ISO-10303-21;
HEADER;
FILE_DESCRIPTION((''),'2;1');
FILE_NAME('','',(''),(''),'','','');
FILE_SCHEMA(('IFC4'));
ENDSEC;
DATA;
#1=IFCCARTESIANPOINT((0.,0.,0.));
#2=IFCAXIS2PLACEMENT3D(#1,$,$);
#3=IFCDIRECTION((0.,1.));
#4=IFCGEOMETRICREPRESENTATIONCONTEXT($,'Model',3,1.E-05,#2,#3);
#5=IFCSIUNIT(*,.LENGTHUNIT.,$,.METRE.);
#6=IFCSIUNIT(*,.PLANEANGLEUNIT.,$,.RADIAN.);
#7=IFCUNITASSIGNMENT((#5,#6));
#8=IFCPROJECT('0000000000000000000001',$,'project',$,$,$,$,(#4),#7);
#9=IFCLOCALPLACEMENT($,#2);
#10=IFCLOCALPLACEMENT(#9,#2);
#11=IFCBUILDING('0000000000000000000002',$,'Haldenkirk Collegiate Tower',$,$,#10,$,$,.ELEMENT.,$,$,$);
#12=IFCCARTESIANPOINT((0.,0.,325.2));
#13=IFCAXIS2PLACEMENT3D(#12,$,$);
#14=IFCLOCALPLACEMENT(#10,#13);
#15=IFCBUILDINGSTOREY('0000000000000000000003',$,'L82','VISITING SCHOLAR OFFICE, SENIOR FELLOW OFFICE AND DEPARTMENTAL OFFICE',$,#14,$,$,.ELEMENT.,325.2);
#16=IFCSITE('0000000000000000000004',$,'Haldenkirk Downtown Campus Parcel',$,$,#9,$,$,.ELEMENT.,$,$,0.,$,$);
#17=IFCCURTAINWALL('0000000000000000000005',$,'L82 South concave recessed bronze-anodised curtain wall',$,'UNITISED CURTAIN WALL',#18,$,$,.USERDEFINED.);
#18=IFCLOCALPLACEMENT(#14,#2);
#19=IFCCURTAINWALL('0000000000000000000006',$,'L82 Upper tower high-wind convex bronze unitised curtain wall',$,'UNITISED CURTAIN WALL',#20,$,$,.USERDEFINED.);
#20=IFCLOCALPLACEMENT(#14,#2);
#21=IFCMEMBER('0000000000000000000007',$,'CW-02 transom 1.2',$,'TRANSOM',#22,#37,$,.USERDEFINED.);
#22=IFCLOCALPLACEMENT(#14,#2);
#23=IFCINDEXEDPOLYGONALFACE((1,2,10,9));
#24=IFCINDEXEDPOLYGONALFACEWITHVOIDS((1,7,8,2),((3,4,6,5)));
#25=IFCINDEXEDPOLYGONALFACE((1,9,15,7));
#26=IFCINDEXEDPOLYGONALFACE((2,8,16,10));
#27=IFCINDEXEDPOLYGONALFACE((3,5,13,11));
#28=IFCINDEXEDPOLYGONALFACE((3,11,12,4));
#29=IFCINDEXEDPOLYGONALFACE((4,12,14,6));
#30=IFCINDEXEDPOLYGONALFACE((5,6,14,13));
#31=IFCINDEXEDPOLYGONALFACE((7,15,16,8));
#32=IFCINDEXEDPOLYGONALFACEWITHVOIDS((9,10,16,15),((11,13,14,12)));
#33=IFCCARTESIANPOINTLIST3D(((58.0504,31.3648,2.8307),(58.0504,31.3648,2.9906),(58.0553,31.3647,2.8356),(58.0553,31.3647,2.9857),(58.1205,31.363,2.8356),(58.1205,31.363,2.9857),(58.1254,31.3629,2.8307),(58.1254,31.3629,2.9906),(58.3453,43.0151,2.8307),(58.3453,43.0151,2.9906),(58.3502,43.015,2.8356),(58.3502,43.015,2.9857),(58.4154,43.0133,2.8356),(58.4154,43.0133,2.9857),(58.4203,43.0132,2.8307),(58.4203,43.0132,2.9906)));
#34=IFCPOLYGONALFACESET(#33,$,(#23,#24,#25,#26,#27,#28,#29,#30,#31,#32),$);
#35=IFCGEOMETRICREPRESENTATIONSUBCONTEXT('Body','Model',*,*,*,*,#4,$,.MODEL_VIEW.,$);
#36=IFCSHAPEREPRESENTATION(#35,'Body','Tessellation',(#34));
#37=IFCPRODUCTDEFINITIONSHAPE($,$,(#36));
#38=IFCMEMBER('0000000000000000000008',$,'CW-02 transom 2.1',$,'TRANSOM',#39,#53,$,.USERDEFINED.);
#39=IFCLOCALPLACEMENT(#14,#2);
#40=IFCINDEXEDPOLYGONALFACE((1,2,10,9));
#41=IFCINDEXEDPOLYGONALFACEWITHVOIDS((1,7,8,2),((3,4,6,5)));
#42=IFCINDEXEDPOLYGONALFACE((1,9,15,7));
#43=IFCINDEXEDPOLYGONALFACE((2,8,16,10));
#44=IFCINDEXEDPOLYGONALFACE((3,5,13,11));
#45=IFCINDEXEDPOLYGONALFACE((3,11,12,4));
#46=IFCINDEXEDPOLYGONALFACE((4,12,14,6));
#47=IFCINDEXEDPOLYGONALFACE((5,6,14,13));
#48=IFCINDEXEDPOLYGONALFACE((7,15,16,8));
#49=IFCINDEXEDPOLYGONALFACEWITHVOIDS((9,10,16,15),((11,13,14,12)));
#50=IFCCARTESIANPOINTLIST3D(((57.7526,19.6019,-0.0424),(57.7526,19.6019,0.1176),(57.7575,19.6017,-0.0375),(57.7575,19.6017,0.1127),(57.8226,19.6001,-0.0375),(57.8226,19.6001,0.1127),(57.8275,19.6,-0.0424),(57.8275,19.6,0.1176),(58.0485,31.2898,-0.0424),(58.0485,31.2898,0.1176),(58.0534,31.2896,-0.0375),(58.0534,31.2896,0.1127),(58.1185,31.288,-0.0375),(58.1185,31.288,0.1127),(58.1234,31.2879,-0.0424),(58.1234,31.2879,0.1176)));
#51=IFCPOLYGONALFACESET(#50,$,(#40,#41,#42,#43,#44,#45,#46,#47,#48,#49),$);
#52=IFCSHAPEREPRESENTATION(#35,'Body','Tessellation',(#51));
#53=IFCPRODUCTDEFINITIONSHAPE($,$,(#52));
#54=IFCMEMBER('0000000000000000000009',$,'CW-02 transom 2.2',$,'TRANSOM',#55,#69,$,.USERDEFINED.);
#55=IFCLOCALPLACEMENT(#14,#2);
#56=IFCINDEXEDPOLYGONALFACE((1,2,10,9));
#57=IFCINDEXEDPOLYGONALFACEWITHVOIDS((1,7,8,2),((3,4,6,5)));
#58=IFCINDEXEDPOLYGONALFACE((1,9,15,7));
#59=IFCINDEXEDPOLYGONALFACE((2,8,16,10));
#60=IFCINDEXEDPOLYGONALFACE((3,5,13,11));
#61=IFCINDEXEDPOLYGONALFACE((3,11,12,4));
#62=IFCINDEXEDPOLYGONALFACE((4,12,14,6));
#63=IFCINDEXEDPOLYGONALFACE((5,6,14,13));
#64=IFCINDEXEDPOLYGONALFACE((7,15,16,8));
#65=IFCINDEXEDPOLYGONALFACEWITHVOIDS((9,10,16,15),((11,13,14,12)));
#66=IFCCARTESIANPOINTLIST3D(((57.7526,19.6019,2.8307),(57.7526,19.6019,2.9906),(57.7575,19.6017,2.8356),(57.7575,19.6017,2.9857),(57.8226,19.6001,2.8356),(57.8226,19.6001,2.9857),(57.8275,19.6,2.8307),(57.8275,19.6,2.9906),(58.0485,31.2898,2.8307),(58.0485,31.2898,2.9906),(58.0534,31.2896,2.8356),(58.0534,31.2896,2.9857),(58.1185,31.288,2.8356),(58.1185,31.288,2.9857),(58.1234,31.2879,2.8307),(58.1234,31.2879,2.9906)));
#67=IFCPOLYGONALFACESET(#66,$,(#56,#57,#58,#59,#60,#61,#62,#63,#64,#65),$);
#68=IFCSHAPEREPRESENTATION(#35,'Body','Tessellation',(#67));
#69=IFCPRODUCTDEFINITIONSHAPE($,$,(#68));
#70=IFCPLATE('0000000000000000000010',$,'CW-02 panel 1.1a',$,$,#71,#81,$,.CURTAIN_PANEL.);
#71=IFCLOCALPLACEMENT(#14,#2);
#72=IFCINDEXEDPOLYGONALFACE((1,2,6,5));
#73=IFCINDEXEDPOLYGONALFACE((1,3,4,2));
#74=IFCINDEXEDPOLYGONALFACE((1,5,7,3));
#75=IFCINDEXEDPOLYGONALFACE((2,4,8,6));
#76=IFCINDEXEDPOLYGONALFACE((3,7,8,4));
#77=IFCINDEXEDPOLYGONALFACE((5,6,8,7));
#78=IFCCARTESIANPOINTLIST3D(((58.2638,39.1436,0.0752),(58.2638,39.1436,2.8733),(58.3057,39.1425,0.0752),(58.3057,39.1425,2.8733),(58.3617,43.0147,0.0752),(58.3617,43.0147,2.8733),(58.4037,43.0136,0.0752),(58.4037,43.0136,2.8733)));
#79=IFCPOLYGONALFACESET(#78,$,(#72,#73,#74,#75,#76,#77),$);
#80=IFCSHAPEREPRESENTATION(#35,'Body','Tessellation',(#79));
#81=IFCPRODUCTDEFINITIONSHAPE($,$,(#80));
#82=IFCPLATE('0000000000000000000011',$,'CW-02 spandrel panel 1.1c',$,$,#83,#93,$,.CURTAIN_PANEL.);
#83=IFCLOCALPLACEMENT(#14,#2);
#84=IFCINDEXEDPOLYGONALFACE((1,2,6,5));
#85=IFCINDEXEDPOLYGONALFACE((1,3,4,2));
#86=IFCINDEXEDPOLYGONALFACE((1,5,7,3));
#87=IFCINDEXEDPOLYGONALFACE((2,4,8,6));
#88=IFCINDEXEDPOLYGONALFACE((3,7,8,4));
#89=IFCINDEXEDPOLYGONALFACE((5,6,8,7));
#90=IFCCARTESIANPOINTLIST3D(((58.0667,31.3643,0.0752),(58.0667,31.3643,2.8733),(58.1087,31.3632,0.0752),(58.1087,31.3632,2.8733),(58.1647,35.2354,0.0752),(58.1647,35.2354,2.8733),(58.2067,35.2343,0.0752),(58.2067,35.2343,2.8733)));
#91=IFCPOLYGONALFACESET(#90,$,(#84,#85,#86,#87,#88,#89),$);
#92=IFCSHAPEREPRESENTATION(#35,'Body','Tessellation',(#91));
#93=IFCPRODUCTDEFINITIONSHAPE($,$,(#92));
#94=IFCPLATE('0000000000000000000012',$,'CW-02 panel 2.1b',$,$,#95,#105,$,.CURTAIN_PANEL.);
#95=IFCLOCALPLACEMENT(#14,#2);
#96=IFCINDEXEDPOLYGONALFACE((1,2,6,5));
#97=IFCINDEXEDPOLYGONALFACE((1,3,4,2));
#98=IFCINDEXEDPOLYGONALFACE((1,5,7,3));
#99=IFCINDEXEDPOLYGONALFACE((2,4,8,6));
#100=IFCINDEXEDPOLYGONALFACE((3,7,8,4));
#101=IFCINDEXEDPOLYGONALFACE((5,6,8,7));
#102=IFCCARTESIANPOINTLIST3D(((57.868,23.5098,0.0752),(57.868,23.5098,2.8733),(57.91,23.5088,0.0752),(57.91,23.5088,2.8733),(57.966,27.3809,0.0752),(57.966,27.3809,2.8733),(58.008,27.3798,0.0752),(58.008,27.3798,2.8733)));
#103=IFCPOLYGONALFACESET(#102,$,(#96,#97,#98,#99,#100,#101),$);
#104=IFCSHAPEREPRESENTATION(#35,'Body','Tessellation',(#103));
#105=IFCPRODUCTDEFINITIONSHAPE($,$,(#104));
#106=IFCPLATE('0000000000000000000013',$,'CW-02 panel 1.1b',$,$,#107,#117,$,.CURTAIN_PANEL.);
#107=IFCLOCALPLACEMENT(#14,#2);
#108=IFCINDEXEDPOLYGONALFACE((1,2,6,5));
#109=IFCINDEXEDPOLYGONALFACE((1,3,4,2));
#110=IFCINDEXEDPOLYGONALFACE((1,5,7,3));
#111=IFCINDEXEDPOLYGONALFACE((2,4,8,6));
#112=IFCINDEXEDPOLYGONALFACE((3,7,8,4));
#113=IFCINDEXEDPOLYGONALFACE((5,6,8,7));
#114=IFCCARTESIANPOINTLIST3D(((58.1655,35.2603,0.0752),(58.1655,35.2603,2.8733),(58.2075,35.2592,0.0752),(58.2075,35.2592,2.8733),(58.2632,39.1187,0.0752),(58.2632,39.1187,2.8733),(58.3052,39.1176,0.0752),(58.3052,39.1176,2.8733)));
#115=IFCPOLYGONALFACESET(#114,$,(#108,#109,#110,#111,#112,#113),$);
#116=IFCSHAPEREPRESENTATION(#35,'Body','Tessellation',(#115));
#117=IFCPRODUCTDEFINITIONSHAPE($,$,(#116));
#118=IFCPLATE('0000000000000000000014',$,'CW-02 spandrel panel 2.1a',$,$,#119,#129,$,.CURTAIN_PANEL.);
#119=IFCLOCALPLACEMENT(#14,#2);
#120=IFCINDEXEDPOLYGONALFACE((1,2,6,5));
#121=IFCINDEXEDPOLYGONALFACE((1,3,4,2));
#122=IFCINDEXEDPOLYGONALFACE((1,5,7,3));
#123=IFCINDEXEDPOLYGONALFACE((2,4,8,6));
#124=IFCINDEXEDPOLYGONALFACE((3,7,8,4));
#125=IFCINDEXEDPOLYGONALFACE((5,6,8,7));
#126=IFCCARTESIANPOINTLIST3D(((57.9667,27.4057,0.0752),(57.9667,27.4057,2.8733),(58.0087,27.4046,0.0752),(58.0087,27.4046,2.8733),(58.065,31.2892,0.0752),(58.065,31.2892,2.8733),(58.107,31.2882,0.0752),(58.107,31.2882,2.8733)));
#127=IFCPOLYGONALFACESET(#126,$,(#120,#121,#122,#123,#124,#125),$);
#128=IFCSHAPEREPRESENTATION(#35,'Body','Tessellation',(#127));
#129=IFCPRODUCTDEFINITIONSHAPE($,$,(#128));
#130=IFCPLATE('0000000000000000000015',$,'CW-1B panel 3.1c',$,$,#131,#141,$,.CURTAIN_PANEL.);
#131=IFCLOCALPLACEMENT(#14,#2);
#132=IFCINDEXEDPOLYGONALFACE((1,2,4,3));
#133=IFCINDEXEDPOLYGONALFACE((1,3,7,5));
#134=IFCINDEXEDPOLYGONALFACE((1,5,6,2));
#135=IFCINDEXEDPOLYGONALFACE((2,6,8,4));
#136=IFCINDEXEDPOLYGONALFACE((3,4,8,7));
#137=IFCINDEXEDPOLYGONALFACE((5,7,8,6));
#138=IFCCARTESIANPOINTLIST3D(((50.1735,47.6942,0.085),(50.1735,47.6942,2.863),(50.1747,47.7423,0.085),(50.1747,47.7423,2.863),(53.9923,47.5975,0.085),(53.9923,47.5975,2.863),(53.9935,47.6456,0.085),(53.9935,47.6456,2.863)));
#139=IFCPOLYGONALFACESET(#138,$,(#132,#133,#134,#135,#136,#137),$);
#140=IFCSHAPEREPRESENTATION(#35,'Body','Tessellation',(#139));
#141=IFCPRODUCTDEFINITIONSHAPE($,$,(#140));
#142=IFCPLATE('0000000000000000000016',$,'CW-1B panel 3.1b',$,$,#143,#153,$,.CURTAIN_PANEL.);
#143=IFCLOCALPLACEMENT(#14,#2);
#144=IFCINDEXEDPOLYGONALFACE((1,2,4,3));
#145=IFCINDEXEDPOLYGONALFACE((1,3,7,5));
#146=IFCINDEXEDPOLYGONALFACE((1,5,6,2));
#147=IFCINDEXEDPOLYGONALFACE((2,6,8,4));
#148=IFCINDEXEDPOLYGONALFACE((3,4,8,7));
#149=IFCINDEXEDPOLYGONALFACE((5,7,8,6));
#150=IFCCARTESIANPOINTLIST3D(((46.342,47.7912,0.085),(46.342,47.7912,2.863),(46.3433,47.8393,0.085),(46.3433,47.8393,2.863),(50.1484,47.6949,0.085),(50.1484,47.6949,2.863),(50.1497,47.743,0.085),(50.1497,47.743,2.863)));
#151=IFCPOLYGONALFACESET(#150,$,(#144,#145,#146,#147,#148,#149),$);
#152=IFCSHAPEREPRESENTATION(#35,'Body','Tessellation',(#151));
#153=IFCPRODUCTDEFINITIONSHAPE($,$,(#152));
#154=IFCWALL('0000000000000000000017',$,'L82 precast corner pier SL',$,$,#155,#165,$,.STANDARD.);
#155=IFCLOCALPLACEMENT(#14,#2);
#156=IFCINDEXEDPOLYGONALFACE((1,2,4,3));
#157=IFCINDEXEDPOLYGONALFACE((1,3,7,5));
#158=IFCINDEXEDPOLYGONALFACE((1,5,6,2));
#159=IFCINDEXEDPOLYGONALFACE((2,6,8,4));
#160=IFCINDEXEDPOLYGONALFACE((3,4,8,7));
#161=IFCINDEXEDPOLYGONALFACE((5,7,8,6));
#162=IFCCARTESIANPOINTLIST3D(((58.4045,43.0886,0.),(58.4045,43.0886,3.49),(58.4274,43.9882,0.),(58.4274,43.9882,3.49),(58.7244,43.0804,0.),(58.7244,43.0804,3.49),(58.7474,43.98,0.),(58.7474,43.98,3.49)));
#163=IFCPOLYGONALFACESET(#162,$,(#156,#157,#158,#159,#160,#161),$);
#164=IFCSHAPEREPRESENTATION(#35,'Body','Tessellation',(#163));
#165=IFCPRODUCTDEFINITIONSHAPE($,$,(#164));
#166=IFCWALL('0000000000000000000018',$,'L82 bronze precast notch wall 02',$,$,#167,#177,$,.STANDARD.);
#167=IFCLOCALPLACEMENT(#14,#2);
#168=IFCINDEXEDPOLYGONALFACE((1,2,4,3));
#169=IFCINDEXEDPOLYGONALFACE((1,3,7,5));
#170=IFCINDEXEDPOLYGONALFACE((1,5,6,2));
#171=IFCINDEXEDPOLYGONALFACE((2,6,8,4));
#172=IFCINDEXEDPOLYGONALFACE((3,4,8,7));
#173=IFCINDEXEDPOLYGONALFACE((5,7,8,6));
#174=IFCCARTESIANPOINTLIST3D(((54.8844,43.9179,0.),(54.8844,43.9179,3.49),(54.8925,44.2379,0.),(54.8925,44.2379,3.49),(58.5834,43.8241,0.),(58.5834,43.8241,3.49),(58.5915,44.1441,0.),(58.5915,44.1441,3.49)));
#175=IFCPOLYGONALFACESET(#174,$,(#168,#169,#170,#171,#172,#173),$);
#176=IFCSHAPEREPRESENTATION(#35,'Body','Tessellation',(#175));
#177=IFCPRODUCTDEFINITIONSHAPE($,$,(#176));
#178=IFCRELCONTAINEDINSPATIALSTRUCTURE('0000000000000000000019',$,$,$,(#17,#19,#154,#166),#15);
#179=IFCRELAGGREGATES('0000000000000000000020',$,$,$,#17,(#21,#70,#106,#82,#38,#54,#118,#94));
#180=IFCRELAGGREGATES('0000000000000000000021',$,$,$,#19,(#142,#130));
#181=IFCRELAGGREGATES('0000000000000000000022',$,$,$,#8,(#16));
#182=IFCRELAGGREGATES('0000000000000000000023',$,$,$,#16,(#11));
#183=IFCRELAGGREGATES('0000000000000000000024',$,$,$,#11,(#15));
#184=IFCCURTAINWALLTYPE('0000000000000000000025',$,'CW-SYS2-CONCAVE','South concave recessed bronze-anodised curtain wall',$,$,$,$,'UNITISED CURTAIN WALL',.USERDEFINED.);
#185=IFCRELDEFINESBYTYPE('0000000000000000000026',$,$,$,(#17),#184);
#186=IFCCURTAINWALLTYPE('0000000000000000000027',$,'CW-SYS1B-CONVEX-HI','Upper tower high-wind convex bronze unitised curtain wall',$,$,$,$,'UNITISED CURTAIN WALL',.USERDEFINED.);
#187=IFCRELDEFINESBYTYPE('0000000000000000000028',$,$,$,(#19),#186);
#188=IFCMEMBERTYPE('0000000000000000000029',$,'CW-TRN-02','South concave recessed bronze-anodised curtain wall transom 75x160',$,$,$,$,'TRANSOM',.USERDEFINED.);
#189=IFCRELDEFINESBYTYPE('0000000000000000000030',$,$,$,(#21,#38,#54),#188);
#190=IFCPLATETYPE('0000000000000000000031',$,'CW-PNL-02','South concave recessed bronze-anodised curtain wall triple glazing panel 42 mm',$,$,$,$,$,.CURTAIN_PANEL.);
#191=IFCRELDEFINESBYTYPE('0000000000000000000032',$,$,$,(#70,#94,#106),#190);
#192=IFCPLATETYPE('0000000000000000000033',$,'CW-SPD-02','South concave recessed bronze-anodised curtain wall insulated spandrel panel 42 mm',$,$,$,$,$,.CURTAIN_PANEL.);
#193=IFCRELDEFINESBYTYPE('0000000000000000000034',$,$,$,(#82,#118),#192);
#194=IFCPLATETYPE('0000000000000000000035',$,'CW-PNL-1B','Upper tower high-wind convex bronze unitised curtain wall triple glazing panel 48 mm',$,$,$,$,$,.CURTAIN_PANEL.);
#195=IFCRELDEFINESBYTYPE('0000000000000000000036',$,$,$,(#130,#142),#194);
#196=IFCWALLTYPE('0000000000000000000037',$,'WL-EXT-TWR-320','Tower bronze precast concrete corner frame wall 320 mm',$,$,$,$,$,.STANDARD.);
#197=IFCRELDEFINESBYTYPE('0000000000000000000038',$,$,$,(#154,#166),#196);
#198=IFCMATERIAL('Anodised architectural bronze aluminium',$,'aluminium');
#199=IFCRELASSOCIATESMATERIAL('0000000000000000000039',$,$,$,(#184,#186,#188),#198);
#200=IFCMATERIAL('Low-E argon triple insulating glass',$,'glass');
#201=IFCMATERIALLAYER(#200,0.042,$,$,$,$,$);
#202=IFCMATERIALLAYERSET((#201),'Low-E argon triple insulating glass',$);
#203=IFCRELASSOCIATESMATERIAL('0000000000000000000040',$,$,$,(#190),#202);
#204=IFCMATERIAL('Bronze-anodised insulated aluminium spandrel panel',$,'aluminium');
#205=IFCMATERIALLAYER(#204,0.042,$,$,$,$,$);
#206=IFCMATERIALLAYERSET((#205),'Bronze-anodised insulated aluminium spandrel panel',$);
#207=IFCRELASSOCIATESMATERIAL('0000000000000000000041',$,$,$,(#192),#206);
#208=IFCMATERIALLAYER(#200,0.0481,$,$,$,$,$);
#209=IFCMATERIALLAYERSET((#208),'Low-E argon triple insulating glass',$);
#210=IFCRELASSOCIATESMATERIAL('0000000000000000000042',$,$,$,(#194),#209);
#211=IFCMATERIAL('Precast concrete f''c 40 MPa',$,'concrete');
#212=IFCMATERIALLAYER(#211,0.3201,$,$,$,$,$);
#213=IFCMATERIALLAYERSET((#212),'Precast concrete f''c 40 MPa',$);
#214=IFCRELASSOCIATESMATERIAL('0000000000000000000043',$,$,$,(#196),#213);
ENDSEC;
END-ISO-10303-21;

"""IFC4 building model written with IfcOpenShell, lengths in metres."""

from ifc_helpers import new_model, si_unit, direction, frame, frame_2d, origin, origin_2d, place, context, subcontext, project, spatial, rectangle, hollow_rectangle, extrude, source, transform, mapped, material, layer, layer_set, material_profile, profile_set, type_object, element, aggregate, save


model = new_model("IFC4")

# Units and contexts
model_context = context("Model", 3, precision=1e-05, world=origin(), true_north=direction((0.0, 1.0)))
body_context = subcontext(model_context, "Body", "Model", "MODEL_VIEW")
ifc_project = project(units=[si_unit("LENGTHUNIT", "METRE"), si_unit("PLANEANGLEUNIT", "RADIAN")], contexts=[model_context])

# Site, building, storey
site_placement = place(None, origin())
site = spatial("IfcSite", under=ifc_project, at=site_placement, Name="Haldenkirk Downtown Campus Parcel", CompositionType="ELEMENT", RefElevation=0.0)
building_placement = place(site_placement, origin())
building = spatial("IfcBuilding", under=site, at=building_placement, Name="Haldenkirk Collegiate Tower", CompositionType="ELEMENT")
storey_placement = place(building_placement, frame((0.0, 0.0, 325.2)))
storey = spatial("IfcBuildingStorey", under=building, at=storey_placement, Name="L82", Description="VISITING SCHOLAR OFFICE, SENIOR FELLOW OFFICE AND DEPARTMENTAL OFFICE", CompositionType="ELEMENT", Elevation=325.2)

# Curtain wall
ifc_material_1 = material(Name="Anodised architectural bronze aluminium", Category="aluminium")
curtain_wall_type_1 = type_object("IfcCurtainWallType", Name="CW-SYS2-CONCAVE", Description="South concave recessed bronze-anodised curtain wall", ElementType="UNITISED CURTAIN WALL", PredefinedType="USERDEFINED", material=ifc_material_1)
curtain_wall_1_placement = place(storey_placement, origin())
curtain_wall_1 = element("IfcCurtainWall", 1, at=curtain_wall_1_placement, inside=storey, type_object=curtain_wall_type_1, Name="L82 South concave recessed bronze-anodised curtain wall", ObjectType="UNITISED CURTAIN WALL", PredefinedType="USERDEFINED")

# Curtain wall
curtain_wall_type_2 = type_object("IfcCurtainWallType", Name="CW-SYS1B-CONVEX-HI", Description="Upper tower high-wind convex bronze unitised curtain wall", ElementType="UNITISED CURTAIN WALL", PredefinedType="USERDEFINED", material=ifc_material_1)
curtain_wall_2_placement = place(storey_placement, origin())
curtain_wall_2 = element("IfcCurtainWall", 2, at=curtain_wall_2_placement, inside=storey, type_object=curtain_wall_type_2, Name="L82 Upper tower high-wind convex bronze unitised curtain wall", ObjectType="UNITISED CURTAIN WALL", PredefinedType="USERDEFINED")

# Members
ifc_material_profile_1 = material_profile(ifc_material_1, hollow_rectangle(XDim=0.075, YDim=0.1599, WallThickness=0.0049, at=origin_2d()), Name="CW-TRN-02")
ifc_profile_set_1 = profile_set([ifc_material_profile_1], Name="Anodised architectural bronze aluminium")
member_type_1 = type_object("IfcMemberType", Name="CW-TRN-02", Description="South concave recessed bronze-anodised curtain wall transom 75x160", ElementType="TRANSOM", PredefinedType="USERDEFINED", material=ifc_profile_set_1)
member_1_placement = place(storey_placement, frame((58.3828, 43.0142, 2.9106), z_axis=(-0.025306, -0.99968, 0.0), x_axis=(0.99968, -0.025306, 0.0)))
member_1 = element("IfcMember", 3, at=member_1_placement, type_object=member_type_1, Name="CW-02 transom 1.2", ObjectType="TRANSOM", PredefinedType="USERDEFINED", context=body_context, shape_type="SweptSolid", body=[
    extrude(hollow_rectangle(XDim=0.075, YDim=0.1599, WallThickness=0.0049, at=origin_2d()), origin(), (0.0, 0.0, 1.0), 11.6541),
])
member_2_placement = place(storey_placement, frame((58.0859, 31.2888, 0.0376), z_axis=(-0.025308, -0.99968, 0.0), x_axis=(0.99968, -0.025308, 0.0)))
member_2 = element("IfcMember", 4, at=member_2_placement, type_object=member_type_1, Name="CW-02 transom 2.1", ObjectType="TRANSOM", PredefinedType="USERDEFINED", context=body_context, shape_type="SweptSolid", body=[
    extrude(hollow_rectangle(XDim=0.075, YDim=0.1599, WallThickness=0.0049, at=origin_2d()), origin(), (0.0, 0.0, 1.0), 11.6917),
])
member_3_placement = place(storey_placement, frame((58.0859, 31.2888, 2.9106), z_axis=(-0.025308, -0.99968, 0.0), x_axis=(0.99968, -0.025308, 0.0)))
member_3 = element("IfcMember", 5, at=member_3_placement, type_object=member_type_1, Name="CW-02 transom 2.2", ObjectType="TRANSOM", PredefinedType="USERDEFINED", context=body_context, shape_type="SweptSolid", body=[
    extrude(hollow_rectangle(XDim=0.075, YDim=0.1599, WallThickness=0.0049, at=origin_2d()), origin(), (0.0, 0.0, 1.0), 11.6917),
])

# Plates
ifc_material_2 = material(Name="Low-E argon triple insulating glass", Category="glass")
ifc_layer_1 = layer(ifc_material_2, 0.042)
ifc_layer_set_1 = layer_set([ifc_layer_1], Name="Low-E argon triple insulating glass")
plate_type_1 = type_object("IfcPlateType", Name="CW-PNL-02", Description="South concave recessed bronze-anodised curtain wall triple glazing panel 42 mm", PredefinedType="CURTAIN_PANEL", material=ifc_layer_set_1)
shared_shape_1 = source(origin(), body_context, "Body", "SweptSolid", [
    extrude(rectangle(XDim=3.8723, YDim=0.042, at=origin_2d()), origin(), (0.0, 0.0, 1.0), 2.7981),
])
plate_1_placement = place(storey_placement, frame((58.3337, 41.0786, 0.0752), z_axis=(0.0, 0.0, 1.0), x_axis=(-0.025303, -0.99968, 0.0)))
plate_1 = element("IfcPlate", 6, at=plate_1_placement, type_object=plate_type_1, Name="CW-02 panel 1.1a", PredefinedType="CURTAIN_PANEL", context=body_context, shape_type="MappedRepresentation", body=[
    mapped(shared_shape_1, transform((0.0, 0.0, 0.0), x_axis=(1.0, 0.0, 0.0), y_axis=(0.0, 1.0, 0.0), z_axis=(0.0, 0.0, 1.0), scale=1.0)),
])
ifc_material_3 = material(Name="Bronze-anodised insulated aluminium spandrel panel", Category="aluminium")
ifc_layer_2 = layer(ifc_material_3, 0.042)
ifc_layer_set_2 = layer_set([ifc_layer_2], Name="Bronze-anodised insulated aluminium spandrel panel")
plate_type_2 = type_object("IfcPlateType", Name="CW-SPD-02", Description="South concave recessed bronze-anodised curtain wall insulated spandrel panel 42 mm", PredefinedType="CURTAIN_PANEL", material=ifc_layer_set_2)
plate_2_placement = place(storey_placement, frame((58.1367, 33.2993, 0.0752), z_axis=(0.0, 0.0, 1.0), x_axis=(-0.025303, -0.99968, 0.0)))
plate_2 = element("IfcPlate", 7, at=plate_2_placement, type_object=plate_type_2, Name="CW-02 spandrel panel 1.1c", PredefinedType="CURTAIN_PANEL", context=body_context, shape_type="MappedRepresentation", body=[
    mapped(shared_shape_1, transform((0.0, 0.0, 0.0), x_axis=(1.0, 0.0, 0.0), y_axis=(0.0, 1.0, 0.0), z_axis=(0.0, 0.0, 1.0), scale=1.0)),
])
plate_3_placement = place(storey_placement, frame((57.938, 25.4448, 0.0752), z_axis=(0.0, 0.0, 1.0), x_axis=(-0.025303, -0.99968, 0.0)))
plate_3 = element("IfcPlate", 8, at=plate_3_placement, type_object=plate_type_1, Name="CW-02 panel 2.1b", PredefinedType="CURTAIN_PANEL", context=body_context, shape_type="MappedRepresentation", body=[
    mapped(shared_shape_1, transform((0.0, 0.0, 0.0), x_axis=(1.0, 0.0, 0.0), y_axis=(0.0, 1.0, 0.0), z_axis=(0.0, 0.0, 1.0), scale=1.0)),
])
shared_shape_2 = source(origin(), body_context, "Body", "SweptSolid", [
    extrude(rectangle(XDim=3.8596, YDim=0.042, at=origin_2d()), origin(), (0.0, 0.0, 1.0), 2.7981),
])
plate_4_placement = place(storey_placement, frame((58.2354, 37.189, 0.0752), z_axis=(0.0, 0.0, 1.0), x_axis=(-0.025303, -0.99968, 0.0)))
plate_4 = element("IfcPlate", 9, at=plate_4_placement, type_object=plate_type_1, Name="CW-02 panel 1.1b", PredefinedType="CURTAIN_PANEL", context=body_context, shape_type="MappedRepresentation", body=[
    mapped(shared_shape_2, transform((0.0, 0.0, 0.0), x_axis=(1.0, 0.0, 0.0), y_axis=(0.0, 1.0, 0.0), z_axis=(0.0, 0.0, 1.0), scale=1.0)),
])
shared_shape_3 = source(origin(), body_context, "Body", "SweptSolid", [
    extrude(rectangle(XDim=3.8848, YDim=0.042, at=origin_2d()), origin(), (0.0, 0.0, 1.0), 2.7981),
])
plate_5_placement = place(storey_placement, frame((58.0369, 29.3469, 0.0752), z_axis=(0.0, 0.0, 1.0), x_axis=(-0.025303, -0.99968, 0.0)))
plate_5 = element("IfcPlate", 10, at=plate_5_placement, type_object=plate_type_2, Name="CW-02 spandrel panel 2.1a", PredefinedType="CURTAIN_PANEL", context=body_context, shape_type="MappedRepresentation", body=[
    mapped(shared_shape_3, transform((0.0, 0.0, 0.0), x_axis=(1.0, 0.0, 0.0), y_axis=(0.0, 1.0, 0.0), z_axis=(0.0, 0.0, 1.0), scale=1.0)),
])
aggregate(curtain_wall_1, [member_1, plate_1, plate_4, plate_2, member_2, member_3, plate_5, plate_3])
ifc_layer_3 = layer(ifc_material_2, 0.0481)
ifc_layer_set_3 = layer_set([ifc_layer_3], Name="Low-E argon triple insulating glass")
plate_type_3 = type_object("IfcPlateType", Name="CW-PNL-1B", Description="Upper tower high-wind convex bronze unitised curtain wall triple glazing panel 48 mm", PredefinedType="CURTAIN_PANEL", material=ifc_layer_set_3)
shared_shape_4 = source(origin(), body_context, "Body", "SweptSolid", [
    extrude(rectangle(XDim=3.8201, YDim=0.0481, at=origin_2d()), origin(), (0.0, 0.0, 1.0), 2.7781),
])
plate_6_placement = place(storey_placement, frame((52.0835, 47.6699, 0.085), z_axis=(0.0, 0.0, 1.0), x_axis=(0.99968, -0.025305, 0.0)))
plate_6 = element("IfcPlate", 11, at=plate_6_placement, type_object=plate_type_3, Name="CW-1B panel 3.1c", PredefinedType="CURTAIN_PANEL", context=body_context, shape_type="MappedRepresentation", body=[
    mapped(shared_shape_4, transform((0.0, 0.0, 0.0), x_axis=(1.0, 0.0, 0.0), y_axis=(0.0, 1.0, 0.0), z_axis=(0.0, 0.0, 1.0), scale=1.0)),
])
shared_shape_5 = source(origin(), body_context, "Body", "SweptSolid", [
    extrude(rectangle(XDim=3.8076, YDim=0.0481, at=origin_2d()), origin(), (0.0, 0.0, 1.0), 2.7781),
])
plate_7_placement = place(storey_placement, frame((48.2458, 47.7671, 0.085), z_axis=(0.0, 0.0, 1.0), x_axis=(0.99968, -0.025305, 0.0)))
plate_7 = element("IfcPlate", 12, at=plate_7_placement, type_object=plate_type_3, Name="CW-1B panel 3.1b", PredefinedType="CURTAIN_PANEL", context=body_context, shape_type="MappedRepresentation", body=[
    mapped(shared_shape_5, transform((0.0, 0.0, 0.0), x_axis=(1.0, 0.0, 0.0), y_axis=(0.0, 1.0, 0.0), z_axis=(0.0, 0.0, 1.0), scale=1.0)),
])
aggregate(curtain_wall_2, [plate_7, plate_6])

# Walls
ifc_material_4 = material(Name="Precast concrete f'c 40 MPa", Category="concrete")
ifc_layer_4 = layer(ifc_material_4, 0.3201)
ifc_layer_set_4 = layer_set([ifc_layer_4], Name="Precast concrete f'c 40 MPa")
wall_type_1 = type_object("IfcWallType", Name="WL-EXT-TWR-320", Description="Tower bronze precast concrete corner frame wall 320 mm", PredefinedType="STANDARD", material=ifc_layer_set_4)
wall_1_placement = place(storey_placement, frame((58.5874, 43.9841, 0.0), z_axis=(0.0, 0.0, 1.0), x_axis=(-0.025501, -0.999675, 0.0)))
element("IfcWall", 13, at=wall_1_placement, inside=storey, type_object=wall_type_1, Name="L82 precast corner pier SL", PredefinedType="STANDARD", context=body_context, shape_type="SweptSolid", body=[
    extrude(rectangle(XDim=0.8999, YDim=0.3201, at=frame_2d((0.45, 0.0))), origin(), (0.0, 0.0, 1.0), 3.49),
])
wall_2_placement = place(storey_placement, frame((54.8884, 44.0779, 0.0), z_axis=(0.0, 0.0, 1.0), x_axis=(0.999679, -0.025337, 0.0)))
element("IfcWall", 14, at=wall_2_placement, inside=storey, type_object=wall_type_1, Name="L82 bronze precast notch wall 02", PredefinedType="STANDARD", context=body_context, shape_type="SweptSolid", body=[
    extrude(rectangle(XDim=3.7002, YDim=0.3201, at=frame_2d((1.8501, 0.0))), origin(), (0.0, 0.0, 1.0), 3.49),
])

save(model, "model.ifc")
